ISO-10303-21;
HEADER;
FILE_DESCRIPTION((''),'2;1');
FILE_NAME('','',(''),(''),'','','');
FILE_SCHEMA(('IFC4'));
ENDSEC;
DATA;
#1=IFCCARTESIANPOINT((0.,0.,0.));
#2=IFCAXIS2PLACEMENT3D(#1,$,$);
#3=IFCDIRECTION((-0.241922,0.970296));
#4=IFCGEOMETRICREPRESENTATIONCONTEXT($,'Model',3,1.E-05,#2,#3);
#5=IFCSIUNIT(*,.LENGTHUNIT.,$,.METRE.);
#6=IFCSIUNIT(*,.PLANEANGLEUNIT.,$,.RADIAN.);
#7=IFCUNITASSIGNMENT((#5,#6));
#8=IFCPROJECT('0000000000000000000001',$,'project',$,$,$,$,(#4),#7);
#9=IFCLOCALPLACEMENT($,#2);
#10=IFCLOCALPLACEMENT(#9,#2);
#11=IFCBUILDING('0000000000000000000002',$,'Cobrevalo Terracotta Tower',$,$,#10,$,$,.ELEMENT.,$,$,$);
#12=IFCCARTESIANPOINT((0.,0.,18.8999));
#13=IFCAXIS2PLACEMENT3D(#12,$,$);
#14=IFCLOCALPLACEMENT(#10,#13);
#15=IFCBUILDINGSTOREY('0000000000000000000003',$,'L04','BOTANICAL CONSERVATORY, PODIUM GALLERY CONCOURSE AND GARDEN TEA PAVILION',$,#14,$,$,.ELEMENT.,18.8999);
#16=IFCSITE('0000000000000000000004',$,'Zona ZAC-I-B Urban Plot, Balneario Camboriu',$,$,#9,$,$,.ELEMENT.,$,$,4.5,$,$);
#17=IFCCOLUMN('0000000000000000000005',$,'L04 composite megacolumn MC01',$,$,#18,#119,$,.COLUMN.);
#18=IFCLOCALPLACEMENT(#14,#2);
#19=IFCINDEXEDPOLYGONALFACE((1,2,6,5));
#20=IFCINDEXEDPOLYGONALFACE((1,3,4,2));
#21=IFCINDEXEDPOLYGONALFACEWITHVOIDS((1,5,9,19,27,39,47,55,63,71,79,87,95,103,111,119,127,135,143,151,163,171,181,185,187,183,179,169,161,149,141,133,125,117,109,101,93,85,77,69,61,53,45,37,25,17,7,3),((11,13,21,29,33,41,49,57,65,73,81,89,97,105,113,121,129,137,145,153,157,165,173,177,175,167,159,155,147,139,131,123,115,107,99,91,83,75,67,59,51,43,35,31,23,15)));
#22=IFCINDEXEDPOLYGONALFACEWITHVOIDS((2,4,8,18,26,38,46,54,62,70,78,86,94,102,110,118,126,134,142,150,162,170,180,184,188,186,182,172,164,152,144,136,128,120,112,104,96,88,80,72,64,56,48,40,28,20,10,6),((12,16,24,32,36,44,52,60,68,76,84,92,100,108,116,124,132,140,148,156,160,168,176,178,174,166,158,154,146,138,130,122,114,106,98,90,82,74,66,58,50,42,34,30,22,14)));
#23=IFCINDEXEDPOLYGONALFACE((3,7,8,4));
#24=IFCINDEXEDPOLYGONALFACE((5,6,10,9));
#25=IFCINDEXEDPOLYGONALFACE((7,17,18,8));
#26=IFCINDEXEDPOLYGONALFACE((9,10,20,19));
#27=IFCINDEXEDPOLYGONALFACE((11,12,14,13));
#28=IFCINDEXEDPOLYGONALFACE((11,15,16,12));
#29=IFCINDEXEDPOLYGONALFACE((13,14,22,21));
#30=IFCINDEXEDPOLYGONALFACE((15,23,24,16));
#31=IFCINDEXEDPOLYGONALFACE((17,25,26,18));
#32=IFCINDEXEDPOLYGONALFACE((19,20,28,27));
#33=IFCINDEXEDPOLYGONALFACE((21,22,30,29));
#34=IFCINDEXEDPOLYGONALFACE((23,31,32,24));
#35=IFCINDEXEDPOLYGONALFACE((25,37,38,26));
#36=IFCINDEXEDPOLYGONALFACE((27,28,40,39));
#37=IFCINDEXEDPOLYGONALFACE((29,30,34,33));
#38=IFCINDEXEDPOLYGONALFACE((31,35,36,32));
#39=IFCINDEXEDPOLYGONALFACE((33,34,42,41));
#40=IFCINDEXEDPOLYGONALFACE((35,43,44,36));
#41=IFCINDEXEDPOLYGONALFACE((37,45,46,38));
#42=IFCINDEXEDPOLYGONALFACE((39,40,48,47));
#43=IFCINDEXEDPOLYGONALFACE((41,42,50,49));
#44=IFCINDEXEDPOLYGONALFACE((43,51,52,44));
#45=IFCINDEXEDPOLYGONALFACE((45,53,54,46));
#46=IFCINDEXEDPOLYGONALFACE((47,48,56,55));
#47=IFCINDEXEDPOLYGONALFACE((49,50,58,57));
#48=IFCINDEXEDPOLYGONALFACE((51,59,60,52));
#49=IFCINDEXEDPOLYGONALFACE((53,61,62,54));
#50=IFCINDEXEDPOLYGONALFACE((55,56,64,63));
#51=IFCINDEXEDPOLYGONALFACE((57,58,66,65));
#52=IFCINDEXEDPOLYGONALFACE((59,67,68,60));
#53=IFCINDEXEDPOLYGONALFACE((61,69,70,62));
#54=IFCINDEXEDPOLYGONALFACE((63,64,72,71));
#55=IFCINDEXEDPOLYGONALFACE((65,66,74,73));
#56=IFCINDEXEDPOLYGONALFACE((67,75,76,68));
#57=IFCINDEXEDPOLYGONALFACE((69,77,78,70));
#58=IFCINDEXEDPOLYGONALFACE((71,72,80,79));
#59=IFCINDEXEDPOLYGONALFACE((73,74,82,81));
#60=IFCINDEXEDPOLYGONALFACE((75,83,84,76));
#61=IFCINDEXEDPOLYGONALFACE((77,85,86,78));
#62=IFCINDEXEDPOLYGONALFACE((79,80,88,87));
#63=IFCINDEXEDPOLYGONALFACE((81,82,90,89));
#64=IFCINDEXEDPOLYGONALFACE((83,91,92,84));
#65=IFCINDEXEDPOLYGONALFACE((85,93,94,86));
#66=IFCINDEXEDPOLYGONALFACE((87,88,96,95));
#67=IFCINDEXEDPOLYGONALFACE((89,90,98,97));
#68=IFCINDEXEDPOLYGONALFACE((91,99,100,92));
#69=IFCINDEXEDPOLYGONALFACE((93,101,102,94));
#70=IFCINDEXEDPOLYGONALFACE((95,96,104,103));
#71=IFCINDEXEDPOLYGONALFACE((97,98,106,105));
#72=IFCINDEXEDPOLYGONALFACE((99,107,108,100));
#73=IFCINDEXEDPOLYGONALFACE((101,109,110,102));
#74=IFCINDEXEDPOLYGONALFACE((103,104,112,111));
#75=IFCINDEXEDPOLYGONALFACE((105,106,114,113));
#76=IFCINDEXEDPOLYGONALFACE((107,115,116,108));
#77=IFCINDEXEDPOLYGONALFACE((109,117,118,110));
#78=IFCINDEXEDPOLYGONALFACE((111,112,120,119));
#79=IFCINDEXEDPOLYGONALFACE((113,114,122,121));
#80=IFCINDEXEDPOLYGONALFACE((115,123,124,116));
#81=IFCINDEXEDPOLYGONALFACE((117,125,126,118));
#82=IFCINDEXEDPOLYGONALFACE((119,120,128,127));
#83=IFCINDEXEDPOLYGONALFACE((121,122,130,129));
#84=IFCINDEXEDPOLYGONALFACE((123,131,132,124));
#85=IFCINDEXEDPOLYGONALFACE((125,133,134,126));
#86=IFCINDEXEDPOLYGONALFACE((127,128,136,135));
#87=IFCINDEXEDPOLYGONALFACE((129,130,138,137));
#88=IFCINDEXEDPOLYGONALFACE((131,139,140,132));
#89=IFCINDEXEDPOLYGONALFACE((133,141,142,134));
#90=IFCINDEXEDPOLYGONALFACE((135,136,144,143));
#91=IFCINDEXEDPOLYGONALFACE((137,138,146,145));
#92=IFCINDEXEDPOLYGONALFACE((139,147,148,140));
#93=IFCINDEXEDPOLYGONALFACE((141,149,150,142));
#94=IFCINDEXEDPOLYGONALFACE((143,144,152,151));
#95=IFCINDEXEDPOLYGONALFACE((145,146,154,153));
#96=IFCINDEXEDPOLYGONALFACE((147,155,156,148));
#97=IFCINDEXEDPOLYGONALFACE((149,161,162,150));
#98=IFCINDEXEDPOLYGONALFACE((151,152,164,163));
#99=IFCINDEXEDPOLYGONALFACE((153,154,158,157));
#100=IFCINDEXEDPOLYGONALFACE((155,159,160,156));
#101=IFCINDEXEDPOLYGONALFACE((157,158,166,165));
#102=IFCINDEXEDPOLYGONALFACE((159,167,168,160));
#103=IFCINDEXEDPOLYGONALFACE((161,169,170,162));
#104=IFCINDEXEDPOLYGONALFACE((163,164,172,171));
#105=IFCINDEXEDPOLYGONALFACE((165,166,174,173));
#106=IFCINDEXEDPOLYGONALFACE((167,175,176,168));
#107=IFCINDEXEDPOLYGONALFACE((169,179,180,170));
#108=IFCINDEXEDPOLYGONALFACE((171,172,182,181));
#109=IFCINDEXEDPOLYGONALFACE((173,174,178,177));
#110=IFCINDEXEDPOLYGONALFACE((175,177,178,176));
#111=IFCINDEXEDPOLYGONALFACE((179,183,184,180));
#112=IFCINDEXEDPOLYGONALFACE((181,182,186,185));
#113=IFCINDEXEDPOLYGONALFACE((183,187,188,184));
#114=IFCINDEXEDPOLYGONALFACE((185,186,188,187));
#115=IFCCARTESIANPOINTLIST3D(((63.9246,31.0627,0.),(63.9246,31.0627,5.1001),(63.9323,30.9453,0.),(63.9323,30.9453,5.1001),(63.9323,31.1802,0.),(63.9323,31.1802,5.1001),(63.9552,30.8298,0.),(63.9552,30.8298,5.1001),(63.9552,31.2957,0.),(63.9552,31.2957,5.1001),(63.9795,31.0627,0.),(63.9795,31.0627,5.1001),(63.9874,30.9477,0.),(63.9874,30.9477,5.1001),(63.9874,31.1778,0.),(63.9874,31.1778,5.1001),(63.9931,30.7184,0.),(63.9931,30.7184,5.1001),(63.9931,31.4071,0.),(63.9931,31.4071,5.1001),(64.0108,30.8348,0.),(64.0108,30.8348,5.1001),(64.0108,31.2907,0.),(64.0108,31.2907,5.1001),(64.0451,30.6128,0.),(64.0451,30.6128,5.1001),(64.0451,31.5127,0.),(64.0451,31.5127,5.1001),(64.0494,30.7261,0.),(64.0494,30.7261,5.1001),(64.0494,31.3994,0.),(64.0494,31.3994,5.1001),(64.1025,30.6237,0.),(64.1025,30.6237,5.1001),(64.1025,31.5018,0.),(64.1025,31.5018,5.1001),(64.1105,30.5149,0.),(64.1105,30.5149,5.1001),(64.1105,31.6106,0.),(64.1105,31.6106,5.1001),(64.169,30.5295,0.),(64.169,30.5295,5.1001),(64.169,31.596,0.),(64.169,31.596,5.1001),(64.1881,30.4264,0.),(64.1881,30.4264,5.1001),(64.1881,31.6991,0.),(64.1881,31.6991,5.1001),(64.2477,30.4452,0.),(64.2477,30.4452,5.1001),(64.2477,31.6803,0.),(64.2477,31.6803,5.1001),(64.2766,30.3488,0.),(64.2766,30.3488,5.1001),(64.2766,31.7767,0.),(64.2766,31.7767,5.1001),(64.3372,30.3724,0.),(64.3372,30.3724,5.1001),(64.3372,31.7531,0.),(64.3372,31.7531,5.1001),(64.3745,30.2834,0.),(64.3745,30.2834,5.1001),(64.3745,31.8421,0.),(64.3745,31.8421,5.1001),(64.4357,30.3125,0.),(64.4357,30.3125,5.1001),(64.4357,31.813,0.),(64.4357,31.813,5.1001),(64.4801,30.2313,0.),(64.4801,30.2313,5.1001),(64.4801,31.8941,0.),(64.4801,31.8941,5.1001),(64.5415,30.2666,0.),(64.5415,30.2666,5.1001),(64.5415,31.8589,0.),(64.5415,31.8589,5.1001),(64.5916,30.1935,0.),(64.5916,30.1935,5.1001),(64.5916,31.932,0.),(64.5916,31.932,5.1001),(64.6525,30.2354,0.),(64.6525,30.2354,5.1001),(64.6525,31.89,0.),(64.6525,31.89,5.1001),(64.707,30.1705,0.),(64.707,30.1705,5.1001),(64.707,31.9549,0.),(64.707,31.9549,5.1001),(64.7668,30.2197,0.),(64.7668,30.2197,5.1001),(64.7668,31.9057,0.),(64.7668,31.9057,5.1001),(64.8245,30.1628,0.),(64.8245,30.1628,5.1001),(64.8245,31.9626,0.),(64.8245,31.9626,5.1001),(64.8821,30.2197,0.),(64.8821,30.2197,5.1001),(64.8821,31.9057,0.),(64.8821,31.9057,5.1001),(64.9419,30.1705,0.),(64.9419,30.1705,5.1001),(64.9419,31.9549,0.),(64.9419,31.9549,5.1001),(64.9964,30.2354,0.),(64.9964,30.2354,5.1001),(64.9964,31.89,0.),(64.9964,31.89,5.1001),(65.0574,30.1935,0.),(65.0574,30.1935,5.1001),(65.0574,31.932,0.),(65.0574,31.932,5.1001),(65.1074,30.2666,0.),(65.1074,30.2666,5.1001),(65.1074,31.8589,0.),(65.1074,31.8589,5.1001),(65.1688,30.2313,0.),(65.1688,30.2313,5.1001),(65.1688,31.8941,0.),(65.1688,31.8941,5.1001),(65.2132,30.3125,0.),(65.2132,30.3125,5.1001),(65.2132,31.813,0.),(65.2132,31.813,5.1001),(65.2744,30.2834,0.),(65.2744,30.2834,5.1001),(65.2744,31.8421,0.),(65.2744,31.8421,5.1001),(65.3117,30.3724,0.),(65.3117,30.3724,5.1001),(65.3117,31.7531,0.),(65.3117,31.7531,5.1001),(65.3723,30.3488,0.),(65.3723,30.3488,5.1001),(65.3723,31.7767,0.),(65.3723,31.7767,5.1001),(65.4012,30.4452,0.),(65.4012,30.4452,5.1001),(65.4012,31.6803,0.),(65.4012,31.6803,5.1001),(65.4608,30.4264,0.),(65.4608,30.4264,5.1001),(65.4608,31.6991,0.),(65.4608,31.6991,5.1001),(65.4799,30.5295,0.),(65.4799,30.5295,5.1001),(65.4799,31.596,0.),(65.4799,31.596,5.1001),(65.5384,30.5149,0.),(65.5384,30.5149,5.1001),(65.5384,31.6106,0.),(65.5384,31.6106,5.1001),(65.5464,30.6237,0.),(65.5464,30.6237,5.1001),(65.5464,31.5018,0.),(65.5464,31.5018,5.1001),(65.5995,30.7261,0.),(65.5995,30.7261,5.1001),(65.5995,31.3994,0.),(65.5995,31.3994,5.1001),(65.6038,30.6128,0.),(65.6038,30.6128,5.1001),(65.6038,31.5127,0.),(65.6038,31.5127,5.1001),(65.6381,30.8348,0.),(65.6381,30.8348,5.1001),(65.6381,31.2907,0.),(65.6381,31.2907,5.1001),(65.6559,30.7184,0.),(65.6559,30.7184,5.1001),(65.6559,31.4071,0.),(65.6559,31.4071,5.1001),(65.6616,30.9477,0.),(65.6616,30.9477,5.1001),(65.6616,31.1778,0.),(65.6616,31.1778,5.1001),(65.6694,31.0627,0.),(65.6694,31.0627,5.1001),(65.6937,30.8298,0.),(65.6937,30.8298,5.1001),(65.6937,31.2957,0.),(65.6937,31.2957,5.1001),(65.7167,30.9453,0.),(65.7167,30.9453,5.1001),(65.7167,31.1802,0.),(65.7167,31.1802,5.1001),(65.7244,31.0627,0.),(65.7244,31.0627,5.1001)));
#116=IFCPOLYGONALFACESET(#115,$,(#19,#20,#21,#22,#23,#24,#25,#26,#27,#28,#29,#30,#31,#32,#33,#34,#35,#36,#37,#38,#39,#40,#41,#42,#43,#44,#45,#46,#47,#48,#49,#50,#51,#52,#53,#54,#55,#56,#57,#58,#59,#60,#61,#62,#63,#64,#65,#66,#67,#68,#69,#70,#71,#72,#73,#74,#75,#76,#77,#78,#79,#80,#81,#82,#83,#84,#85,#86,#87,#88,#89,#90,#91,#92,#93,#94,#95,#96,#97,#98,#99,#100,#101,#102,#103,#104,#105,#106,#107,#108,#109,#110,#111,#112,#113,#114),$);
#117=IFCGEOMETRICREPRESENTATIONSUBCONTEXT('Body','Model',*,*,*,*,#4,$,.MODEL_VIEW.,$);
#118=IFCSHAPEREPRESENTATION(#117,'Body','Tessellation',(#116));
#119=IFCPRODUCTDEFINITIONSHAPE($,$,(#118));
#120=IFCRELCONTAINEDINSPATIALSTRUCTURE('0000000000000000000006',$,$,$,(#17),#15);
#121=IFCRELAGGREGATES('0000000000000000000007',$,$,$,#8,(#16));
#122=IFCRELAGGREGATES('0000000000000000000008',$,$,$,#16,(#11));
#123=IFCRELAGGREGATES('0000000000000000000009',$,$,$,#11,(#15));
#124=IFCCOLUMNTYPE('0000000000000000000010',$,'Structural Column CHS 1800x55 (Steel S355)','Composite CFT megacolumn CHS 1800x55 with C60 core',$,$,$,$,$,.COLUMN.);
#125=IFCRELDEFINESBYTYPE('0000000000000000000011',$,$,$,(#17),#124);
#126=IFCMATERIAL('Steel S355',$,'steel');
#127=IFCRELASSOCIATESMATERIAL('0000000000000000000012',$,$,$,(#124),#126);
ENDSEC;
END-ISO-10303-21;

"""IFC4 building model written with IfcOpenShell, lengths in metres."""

from ifc_helpers import new_model, si_unit, direction, frame, origin, origin_2d, place, context, subcontext, project, spatial, hollow_circle, extrude, material, material_profile, profile_set, type_object, element, save


model = new_model("IFC4")

# Units and contexts
model_context = context("Model", 3, precision=1e-05, world=origin(), true_north=direction((-0.241922, 0.970296)))
body_context = subcontext(model_context, "Body", "Model", "MODEL_VIEW")
ifc_project = project(units=[si_unit("LENGTHUNIT", "METRE"), si_unit("PLANEANGLEUNIT", "RADIAN")], contexts=[model_context])

# Site, building, storey
site_placement = place(None, origin())
site = spatial("IfcSite", under=ifc_project, at=site_placement, Name="Zona ZAC-I-B Urban Plot, Balneario Camboriu", CompositionType="ELEMENT", RefElevation=4.5)
building_placement = place(site_placement, origin())
building = spatial("IfcBuilding", under=site, at=building_placement, Name="Cobrevalo Terracotta Tower", CompositionType="ELEMENT")
storey_placement = place(building_placement, frame((0.0, 0.0, 18.8999)))
storey = spatial("IfcBuildingStorey", under=building, at=storey_placement, Name="L04", Description="BOTANICAL CONSERVATORY, PODIUM GALLERY CONCOURSE AND GARDEN TEA PAVILION", CompositionType="ELEMENT", Elevation=18.8999)

# Column
ifc_material_1 = material(Name="Steel S355", Category="steel")
ifc_material_profile_1 = material_profile(ifc_material_1, hollow_circle(Radius=0.8999, WallThickness=0.0549, at=origin_2d()), Name="CHS 1800x55")
ifc_profile_set_1 = profile_set([ifc_material_profile_1], Name="Steel S355")
column_type_1 = type_object("IfcColumnType", Name="Structural Column CHS 1800x55 (Steel S355)", Description="Composite CFT megacolumn CHS 1800x55 with C60 core", PredefinedType="COLUMN", material=ifc_profile_set_1)
for number, where, z_axis, x_axis, name in (
    (1, (64.8245, 31.0627, 0.0), (0.0, 0.0, 1.0), (1.0, 0.0, 0.0), "L04 composite megacolumn MC01"),
):
    element("IfcColumn", number, at=place(storey_placement, frame(where, z_axis=z_axis, x_axis=x_axis)), inside=storey, type_object=column_type_1, Name=name, PredefinedType="COLUMN", context=body_context, shape_type="SweptSolid", body=[
        extrude(hollow_circle(Radius=0.8999, WallThickness=0.0549, at=origin_2d()), origin(), (0.0, 0.0, 1.0), 5.1001),
    ])

save(model, "model.ifc")
